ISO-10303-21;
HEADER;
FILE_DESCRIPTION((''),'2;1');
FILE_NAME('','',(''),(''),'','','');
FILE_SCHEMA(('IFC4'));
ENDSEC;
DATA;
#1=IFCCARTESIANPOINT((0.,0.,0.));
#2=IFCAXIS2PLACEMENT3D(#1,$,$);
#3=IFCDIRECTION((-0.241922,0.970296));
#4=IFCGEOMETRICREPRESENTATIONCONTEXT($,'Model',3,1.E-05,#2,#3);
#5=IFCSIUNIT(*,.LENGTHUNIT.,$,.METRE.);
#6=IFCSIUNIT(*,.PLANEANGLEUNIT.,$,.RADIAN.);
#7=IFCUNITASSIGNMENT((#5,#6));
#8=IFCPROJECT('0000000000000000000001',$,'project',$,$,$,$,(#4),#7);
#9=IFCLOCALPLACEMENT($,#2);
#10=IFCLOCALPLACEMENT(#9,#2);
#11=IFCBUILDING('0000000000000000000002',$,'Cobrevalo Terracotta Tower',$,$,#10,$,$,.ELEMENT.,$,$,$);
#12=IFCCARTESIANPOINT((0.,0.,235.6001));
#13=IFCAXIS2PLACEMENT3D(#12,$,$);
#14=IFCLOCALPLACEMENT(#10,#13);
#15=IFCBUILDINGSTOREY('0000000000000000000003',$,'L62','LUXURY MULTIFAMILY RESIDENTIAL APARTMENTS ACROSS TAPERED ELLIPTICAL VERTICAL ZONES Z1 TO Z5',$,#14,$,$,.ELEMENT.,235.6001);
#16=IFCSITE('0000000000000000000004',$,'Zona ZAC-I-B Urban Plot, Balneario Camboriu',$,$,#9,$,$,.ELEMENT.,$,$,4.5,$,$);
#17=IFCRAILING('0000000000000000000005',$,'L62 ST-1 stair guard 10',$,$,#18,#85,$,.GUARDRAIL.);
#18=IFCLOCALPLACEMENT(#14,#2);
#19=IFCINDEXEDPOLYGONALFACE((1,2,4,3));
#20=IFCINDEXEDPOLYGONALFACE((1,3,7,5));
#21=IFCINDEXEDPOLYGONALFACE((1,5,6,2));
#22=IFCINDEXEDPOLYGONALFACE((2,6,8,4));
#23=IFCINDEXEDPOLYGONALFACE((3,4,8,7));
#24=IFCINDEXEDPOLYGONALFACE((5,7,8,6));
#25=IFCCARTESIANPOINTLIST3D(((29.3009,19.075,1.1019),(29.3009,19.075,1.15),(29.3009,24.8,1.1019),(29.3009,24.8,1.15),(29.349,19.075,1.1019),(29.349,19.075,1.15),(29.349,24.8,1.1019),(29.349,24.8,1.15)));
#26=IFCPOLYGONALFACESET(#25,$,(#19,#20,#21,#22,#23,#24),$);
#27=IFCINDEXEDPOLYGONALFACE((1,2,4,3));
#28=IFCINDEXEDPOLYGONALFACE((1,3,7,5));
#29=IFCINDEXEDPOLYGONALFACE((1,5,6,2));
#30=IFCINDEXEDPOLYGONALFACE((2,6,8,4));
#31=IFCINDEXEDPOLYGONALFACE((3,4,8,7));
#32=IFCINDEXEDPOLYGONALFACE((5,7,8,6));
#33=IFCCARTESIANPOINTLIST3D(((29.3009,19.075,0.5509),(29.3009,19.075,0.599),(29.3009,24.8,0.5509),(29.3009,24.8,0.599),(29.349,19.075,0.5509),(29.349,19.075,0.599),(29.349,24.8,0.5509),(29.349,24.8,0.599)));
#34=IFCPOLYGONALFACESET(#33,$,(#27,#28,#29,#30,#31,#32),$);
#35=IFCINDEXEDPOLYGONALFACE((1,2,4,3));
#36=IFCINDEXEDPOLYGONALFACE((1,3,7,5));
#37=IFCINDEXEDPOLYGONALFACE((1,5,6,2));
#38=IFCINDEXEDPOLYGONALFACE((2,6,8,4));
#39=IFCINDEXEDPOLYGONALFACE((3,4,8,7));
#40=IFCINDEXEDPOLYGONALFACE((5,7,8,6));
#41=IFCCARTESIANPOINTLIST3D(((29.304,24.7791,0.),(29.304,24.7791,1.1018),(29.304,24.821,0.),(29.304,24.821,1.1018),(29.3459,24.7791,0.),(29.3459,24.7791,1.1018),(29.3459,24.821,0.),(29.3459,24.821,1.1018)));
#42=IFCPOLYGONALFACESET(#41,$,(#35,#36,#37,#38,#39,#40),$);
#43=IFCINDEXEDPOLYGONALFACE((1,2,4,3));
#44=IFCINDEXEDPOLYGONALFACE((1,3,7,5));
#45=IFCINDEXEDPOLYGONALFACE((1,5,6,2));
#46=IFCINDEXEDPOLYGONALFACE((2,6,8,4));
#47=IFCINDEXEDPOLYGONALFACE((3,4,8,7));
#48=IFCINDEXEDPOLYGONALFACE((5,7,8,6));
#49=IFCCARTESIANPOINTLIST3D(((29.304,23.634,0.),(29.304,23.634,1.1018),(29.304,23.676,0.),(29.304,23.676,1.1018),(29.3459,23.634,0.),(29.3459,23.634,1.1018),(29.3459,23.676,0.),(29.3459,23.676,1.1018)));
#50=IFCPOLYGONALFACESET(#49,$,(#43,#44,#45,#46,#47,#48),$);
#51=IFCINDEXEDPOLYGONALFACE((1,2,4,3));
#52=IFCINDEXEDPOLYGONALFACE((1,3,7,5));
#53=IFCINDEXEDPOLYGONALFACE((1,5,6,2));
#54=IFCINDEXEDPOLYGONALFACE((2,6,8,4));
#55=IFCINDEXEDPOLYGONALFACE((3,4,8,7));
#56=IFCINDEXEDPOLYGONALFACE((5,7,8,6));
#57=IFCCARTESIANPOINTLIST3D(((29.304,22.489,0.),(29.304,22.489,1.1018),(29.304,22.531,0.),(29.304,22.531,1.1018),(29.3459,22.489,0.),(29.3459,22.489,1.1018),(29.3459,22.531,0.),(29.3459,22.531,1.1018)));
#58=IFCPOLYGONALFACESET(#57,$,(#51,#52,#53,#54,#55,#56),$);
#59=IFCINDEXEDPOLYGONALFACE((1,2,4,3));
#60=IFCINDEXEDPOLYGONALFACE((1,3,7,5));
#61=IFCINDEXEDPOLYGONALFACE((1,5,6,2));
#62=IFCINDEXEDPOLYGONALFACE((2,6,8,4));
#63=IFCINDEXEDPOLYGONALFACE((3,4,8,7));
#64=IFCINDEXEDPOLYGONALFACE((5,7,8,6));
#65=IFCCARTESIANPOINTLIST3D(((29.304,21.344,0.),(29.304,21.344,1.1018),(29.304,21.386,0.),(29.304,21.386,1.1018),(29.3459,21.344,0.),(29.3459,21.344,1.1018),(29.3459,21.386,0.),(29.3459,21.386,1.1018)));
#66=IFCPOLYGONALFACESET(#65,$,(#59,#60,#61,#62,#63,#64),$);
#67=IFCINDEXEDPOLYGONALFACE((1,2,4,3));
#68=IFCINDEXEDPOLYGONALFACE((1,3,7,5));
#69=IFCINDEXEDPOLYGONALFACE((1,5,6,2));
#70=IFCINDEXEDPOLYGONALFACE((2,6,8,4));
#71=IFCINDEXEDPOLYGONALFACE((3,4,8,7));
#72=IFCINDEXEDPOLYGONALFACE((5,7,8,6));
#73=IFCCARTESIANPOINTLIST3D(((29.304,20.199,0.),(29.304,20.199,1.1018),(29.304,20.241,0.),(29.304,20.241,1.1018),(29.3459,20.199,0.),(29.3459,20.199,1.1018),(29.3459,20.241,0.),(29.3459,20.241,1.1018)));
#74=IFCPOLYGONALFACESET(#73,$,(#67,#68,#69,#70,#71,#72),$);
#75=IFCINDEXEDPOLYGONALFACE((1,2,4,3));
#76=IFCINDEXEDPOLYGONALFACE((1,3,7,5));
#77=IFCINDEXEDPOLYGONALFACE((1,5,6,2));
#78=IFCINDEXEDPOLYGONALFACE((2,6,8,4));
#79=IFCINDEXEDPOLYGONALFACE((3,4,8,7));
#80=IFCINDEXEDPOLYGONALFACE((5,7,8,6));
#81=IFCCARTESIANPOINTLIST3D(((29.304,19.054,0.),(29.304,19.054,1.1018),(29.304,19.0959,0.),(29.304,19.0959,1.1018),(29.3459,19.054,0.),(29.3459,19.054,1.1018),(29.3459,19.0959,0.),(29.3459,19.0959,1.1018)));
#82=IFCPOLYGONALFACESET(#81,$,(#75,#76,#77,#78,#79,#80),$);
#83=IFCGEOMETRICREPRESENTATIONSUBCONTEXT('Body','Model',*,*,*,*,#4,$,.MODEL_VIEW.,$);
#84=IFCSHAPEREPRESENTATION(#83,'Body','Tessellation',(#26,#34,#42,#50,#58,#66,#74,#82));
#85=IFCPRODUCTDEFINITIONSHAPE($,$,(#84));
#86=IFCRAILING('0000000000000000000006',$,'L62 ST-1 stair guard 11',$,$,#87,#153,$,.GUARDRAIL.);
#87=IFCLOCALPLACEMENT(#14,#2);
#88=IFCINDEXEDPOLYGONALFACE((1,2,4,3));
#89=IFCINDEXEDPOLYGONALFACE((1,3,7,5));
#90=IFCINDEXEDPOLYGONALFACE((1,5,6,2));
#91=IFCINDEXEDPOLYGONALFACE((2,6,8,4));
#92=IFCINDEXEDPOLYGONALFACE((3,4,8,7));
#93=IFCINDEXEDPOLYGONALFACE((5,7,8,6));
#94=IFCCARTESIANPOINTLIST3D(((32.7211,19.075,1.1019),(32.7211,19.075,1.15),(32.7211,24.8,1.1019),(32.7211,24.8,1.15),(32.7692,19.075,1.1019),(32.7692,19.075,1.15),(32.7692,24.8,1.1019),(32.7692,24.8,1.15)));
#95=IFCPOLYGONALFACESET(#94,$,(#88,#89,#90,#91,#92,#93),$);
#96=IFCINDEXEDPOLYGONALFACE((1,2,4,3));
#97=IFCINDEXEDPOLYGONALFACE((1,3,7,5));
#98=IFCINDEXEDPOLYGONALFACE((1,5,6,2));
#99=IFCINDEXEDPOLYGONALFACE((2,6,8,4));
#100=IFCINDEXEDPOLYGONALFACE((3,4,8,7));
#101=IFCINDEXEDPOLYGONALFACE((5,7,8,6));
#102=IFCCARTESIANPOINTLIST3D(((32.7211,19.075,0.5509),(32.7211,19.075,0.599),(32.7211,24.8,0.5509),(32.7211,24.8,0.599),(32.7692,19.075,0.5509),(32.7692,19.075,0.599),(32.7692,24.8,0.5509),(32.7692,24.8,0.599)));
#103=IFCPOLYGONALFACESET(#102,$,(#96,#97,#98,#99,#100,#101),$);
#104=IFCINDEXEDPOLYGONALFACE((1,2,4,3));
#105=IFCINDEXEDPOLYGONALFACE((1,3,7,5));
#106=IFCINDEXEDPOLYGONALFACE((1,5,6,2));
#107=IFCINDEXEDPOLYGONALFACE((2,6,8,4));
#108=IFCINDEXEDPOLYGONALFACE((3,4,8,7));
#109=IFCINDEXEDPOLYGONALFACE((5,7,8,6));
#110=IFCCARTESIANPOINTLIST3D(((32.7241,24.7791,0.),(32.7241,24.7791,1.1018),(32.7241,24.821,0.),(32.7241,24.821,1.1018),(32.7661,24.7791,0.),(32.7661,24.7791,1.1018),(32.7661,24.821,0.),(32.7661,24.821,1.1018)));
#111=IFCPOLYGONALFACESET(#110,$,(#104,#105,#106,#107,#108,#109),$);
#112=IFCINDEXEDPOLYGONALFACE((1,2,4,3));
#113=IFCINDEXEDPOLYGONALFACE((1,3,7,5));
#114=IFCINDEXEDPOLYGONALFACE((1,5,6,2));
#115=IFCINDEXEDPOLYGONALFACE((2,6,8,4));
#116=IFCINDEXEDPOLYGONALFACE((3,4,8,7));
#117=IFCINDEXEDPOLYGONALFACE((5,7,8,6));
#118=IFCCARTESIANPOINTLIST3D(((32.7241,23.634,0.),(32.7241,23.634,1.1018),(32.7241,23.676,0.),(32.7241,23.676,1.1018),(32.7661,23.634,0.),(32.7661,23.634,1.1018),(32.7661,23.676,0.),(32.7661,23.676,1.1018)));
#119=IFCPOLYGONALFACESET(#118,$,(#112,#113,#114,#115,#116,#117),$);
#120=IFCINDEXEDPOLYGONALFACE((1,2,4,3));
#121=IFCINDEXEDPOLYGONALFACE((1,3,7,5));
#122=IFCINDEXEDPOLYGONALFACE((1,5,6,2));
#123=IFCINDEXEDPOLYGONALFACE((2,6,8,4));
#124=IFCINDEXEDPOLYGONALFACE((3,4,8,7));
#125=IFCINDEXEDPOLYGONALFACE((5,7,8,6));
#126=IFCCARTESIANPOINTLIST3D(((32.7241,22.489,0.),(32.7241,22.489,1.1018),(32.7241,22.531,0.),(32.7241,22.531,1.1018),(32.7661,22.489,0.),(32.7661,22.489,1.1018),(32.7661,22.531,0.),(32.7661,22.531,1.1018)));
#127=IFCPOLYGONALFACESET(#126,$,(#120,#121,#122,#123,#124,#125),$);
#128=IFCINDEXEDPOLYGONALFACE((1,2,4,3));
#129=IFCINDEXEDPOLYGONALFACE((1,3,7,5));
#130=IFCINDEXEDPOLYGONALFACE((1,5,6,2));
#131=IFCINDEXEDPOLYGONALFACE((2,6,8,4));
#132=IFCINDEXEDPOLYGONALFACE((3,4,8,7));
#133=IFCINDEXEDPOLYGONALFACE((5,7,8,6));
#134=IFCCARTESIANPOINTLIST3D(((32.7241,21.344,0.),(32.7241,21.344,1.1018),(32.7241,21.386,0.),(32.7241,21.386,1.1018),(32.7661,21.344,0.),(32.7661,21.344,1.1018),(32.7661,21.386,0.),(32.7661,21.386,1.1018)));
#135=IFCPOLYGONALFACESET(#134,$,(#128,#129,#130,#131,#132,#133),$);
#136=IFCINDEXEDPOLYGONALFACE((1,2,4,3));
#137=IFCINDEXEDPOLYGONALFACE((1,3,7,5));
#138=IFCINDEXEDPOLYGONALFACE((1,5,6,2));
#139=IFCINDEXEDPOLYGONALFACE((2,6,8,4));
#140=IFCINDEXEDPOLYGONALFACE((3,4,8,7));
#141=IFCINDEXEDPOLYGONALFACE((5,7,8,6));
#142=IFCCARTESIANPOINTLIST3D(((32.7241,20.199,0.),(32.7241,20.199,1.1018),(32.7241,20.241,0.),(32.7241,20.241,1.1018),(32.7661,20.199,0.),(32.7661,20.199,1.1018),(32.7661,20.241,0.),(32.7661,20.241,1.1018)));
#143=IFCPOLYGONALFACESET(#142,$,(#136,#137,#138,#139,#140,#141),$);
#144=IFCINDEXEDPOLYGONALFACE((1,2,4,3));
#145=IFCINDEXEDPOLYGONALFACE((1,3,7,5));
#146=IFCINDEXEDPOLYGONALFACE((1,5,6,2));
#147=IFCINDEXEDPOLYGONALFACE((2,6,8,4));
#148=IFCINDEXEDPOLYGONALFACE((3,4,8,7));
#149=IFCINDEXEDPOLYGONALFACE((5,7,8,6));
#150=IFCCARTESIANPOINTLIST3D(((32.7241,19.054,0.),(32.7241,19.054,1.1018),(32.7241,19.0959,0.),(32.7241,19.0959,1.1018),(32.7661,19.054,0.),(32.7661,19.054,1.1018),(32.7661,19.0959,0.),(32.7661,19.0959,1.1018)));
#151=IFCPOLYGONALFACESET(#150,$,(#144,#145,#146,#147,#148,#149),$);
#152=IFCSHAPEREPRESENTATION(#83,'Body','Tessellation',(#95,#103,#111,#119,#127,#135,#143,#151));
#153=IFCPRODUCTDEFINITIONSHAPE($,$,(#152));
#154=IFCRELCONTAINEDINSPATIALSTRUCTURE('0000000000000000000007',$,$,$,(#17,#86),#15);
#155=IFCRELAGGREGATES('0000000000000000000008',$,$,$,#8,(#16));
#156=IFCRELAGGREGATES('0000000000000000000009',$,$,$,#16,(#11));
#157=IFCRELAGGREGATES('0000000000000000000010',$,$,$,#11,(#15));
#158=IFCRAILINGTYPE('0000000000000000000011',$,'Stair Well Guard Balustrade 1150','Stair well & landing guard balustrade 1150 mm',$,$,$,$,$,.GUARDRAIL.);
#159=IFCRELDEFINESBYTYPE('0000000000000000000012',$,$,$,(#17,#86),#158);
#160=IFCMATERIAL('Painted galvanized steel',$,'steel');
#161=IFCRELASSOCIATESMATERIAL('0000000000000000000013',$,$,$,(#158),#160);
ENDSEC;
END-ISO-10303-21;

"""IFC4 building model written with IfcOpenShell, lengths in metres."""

from ifc_helpers import new_model, si_unit, direction, frame, origin, origin_2d, place, context, subcontext, project, spatial, rectangle, extrude, material, type_object, element, save


model = new_model("IFC4")

# Units and contexts
model_context = context("Model", 3, precision=1e-05, world=origin(), true_north=direction((-0.241922, 0.970296)))
body_context = subcontext(model_context, "Body", "Model", "MODEL_VIEW")
ifc_project = project(units=[si_unit("LENGTHUNIT", "METRE"), si_unit("PLANEANGLEUNIT", "RADIAN")], contexts=[model_context])

# Site, building, storey
site_placement = place(None, origin())
site = spatial("IfcSite", under=ifc_project, at=site_placement, Name="Zona ZAC-I-B Urban Plot, Balneario Camboriu", CompositionType="ELEMENT", RefElevation=4.5)
building_placement = place(site_placement, origin())
building = spatial("IfcBuilding", under=site, at=building_placement, Name="Cobrevalo Terracotta Tower", CompositionType="ELEMENT")
storey_placement = place(building_placement, frame((0.0, 0.0, 235.6001)))
storey = spatial("IfcBuildingStorey", under=building, at=storey_placement, Name="L62", Description="LUXURY MULTIFAMILY RESIDENTIAL APARTMENTS ACROSS TAPERED ELLIPTICAL VERTICAL ZONES Z1 TO Z5", CompositionType="ELEMENT", Elevation=235.6001)

# Railings
ifc_material_1 = material(Name="Painted galvanized steel", Category="steel")
railing_type_1 = type_object("IfcRailingType", Name="Stair Well Guard Balustrade 1150", Description="Stair well & landing guard balustrade 1150 mm", PredefinedType="GUARDRAIL", material=ifc_material_1)
for number, where, name in (
    (1, (29.325, 24.8, 0.0), "L62 ST-1 stair guard 10"),
    (2, (32.7451, 24.8, 0.0), "L62 ST-1 stair guard 11"),
):
    element("IfcRailing", number, at=place(storey_placement, frame(where)), inside=storey, type_object=railing_type_1, Name=name, PredefinedType="GUARDRAIL", context=body_context, shape_type="SweptSolid", body=[
        extrude(rectangle(XDim=0.0481, YDim=0.0481, at=origin_2d()), frame((0.0, 0.0, 1.126), z_axis=(0.0, -1.0, 0.0), x_axis=(1.0, 0.0, 0.0)), (0.0, 0.0, 1.0), 5.7251),
        extrude(rectangle(XDim=0.0481, YDim=0.0481, at=origin_2d()), frame((0.0, 0.0, 0.575), z_axis=(0.0, -1.0, 0.0), x_axis=(1.0, 0.0, 0.0)), (0.0, 0.0, 1.0), 5.7251),
        extrude(rectangle(XDim=0.042, YDim=0.042, at=origin_2d()), origin(), (0.0, 0.0, 1.0), 1.1018),
        extrude(rectangle(XDim=0.042, YDim=0.042, at=origin_2d()), frame((0.0, -1.145, 0.0)), (0.0, 0.0, 1.0), 1.1018),
        extrude(rectangle(XDim=0.042, YDim=0.042, at=origin_2d()), frame((0.0, -2.29, 0.0)), (0.0, 0.0, 1.0), 1.1018),
        extrude(rectangle(XDim=0.042, YDim=0.042, at=origin_2d()), frame((0.0, -3.4351, 0.0)), (0.0, 0.0, 1.0), 1.1018),
        extrude(rectangle(XDim=0.042, YDim=0.042, at=origin_2d()), frame((0.0, -4.5801, 0.0)), (0.0, 0.0, 1.0), 1.1018),
        extrude(rectangle(XDim=0.042, YDim=0.042, at=origin_2d()), frame((0.0, -5.7251, 0.0)), (0.0, 0.0, 1.0), 1.1018),
    ])

save(model, "model.ifc")
